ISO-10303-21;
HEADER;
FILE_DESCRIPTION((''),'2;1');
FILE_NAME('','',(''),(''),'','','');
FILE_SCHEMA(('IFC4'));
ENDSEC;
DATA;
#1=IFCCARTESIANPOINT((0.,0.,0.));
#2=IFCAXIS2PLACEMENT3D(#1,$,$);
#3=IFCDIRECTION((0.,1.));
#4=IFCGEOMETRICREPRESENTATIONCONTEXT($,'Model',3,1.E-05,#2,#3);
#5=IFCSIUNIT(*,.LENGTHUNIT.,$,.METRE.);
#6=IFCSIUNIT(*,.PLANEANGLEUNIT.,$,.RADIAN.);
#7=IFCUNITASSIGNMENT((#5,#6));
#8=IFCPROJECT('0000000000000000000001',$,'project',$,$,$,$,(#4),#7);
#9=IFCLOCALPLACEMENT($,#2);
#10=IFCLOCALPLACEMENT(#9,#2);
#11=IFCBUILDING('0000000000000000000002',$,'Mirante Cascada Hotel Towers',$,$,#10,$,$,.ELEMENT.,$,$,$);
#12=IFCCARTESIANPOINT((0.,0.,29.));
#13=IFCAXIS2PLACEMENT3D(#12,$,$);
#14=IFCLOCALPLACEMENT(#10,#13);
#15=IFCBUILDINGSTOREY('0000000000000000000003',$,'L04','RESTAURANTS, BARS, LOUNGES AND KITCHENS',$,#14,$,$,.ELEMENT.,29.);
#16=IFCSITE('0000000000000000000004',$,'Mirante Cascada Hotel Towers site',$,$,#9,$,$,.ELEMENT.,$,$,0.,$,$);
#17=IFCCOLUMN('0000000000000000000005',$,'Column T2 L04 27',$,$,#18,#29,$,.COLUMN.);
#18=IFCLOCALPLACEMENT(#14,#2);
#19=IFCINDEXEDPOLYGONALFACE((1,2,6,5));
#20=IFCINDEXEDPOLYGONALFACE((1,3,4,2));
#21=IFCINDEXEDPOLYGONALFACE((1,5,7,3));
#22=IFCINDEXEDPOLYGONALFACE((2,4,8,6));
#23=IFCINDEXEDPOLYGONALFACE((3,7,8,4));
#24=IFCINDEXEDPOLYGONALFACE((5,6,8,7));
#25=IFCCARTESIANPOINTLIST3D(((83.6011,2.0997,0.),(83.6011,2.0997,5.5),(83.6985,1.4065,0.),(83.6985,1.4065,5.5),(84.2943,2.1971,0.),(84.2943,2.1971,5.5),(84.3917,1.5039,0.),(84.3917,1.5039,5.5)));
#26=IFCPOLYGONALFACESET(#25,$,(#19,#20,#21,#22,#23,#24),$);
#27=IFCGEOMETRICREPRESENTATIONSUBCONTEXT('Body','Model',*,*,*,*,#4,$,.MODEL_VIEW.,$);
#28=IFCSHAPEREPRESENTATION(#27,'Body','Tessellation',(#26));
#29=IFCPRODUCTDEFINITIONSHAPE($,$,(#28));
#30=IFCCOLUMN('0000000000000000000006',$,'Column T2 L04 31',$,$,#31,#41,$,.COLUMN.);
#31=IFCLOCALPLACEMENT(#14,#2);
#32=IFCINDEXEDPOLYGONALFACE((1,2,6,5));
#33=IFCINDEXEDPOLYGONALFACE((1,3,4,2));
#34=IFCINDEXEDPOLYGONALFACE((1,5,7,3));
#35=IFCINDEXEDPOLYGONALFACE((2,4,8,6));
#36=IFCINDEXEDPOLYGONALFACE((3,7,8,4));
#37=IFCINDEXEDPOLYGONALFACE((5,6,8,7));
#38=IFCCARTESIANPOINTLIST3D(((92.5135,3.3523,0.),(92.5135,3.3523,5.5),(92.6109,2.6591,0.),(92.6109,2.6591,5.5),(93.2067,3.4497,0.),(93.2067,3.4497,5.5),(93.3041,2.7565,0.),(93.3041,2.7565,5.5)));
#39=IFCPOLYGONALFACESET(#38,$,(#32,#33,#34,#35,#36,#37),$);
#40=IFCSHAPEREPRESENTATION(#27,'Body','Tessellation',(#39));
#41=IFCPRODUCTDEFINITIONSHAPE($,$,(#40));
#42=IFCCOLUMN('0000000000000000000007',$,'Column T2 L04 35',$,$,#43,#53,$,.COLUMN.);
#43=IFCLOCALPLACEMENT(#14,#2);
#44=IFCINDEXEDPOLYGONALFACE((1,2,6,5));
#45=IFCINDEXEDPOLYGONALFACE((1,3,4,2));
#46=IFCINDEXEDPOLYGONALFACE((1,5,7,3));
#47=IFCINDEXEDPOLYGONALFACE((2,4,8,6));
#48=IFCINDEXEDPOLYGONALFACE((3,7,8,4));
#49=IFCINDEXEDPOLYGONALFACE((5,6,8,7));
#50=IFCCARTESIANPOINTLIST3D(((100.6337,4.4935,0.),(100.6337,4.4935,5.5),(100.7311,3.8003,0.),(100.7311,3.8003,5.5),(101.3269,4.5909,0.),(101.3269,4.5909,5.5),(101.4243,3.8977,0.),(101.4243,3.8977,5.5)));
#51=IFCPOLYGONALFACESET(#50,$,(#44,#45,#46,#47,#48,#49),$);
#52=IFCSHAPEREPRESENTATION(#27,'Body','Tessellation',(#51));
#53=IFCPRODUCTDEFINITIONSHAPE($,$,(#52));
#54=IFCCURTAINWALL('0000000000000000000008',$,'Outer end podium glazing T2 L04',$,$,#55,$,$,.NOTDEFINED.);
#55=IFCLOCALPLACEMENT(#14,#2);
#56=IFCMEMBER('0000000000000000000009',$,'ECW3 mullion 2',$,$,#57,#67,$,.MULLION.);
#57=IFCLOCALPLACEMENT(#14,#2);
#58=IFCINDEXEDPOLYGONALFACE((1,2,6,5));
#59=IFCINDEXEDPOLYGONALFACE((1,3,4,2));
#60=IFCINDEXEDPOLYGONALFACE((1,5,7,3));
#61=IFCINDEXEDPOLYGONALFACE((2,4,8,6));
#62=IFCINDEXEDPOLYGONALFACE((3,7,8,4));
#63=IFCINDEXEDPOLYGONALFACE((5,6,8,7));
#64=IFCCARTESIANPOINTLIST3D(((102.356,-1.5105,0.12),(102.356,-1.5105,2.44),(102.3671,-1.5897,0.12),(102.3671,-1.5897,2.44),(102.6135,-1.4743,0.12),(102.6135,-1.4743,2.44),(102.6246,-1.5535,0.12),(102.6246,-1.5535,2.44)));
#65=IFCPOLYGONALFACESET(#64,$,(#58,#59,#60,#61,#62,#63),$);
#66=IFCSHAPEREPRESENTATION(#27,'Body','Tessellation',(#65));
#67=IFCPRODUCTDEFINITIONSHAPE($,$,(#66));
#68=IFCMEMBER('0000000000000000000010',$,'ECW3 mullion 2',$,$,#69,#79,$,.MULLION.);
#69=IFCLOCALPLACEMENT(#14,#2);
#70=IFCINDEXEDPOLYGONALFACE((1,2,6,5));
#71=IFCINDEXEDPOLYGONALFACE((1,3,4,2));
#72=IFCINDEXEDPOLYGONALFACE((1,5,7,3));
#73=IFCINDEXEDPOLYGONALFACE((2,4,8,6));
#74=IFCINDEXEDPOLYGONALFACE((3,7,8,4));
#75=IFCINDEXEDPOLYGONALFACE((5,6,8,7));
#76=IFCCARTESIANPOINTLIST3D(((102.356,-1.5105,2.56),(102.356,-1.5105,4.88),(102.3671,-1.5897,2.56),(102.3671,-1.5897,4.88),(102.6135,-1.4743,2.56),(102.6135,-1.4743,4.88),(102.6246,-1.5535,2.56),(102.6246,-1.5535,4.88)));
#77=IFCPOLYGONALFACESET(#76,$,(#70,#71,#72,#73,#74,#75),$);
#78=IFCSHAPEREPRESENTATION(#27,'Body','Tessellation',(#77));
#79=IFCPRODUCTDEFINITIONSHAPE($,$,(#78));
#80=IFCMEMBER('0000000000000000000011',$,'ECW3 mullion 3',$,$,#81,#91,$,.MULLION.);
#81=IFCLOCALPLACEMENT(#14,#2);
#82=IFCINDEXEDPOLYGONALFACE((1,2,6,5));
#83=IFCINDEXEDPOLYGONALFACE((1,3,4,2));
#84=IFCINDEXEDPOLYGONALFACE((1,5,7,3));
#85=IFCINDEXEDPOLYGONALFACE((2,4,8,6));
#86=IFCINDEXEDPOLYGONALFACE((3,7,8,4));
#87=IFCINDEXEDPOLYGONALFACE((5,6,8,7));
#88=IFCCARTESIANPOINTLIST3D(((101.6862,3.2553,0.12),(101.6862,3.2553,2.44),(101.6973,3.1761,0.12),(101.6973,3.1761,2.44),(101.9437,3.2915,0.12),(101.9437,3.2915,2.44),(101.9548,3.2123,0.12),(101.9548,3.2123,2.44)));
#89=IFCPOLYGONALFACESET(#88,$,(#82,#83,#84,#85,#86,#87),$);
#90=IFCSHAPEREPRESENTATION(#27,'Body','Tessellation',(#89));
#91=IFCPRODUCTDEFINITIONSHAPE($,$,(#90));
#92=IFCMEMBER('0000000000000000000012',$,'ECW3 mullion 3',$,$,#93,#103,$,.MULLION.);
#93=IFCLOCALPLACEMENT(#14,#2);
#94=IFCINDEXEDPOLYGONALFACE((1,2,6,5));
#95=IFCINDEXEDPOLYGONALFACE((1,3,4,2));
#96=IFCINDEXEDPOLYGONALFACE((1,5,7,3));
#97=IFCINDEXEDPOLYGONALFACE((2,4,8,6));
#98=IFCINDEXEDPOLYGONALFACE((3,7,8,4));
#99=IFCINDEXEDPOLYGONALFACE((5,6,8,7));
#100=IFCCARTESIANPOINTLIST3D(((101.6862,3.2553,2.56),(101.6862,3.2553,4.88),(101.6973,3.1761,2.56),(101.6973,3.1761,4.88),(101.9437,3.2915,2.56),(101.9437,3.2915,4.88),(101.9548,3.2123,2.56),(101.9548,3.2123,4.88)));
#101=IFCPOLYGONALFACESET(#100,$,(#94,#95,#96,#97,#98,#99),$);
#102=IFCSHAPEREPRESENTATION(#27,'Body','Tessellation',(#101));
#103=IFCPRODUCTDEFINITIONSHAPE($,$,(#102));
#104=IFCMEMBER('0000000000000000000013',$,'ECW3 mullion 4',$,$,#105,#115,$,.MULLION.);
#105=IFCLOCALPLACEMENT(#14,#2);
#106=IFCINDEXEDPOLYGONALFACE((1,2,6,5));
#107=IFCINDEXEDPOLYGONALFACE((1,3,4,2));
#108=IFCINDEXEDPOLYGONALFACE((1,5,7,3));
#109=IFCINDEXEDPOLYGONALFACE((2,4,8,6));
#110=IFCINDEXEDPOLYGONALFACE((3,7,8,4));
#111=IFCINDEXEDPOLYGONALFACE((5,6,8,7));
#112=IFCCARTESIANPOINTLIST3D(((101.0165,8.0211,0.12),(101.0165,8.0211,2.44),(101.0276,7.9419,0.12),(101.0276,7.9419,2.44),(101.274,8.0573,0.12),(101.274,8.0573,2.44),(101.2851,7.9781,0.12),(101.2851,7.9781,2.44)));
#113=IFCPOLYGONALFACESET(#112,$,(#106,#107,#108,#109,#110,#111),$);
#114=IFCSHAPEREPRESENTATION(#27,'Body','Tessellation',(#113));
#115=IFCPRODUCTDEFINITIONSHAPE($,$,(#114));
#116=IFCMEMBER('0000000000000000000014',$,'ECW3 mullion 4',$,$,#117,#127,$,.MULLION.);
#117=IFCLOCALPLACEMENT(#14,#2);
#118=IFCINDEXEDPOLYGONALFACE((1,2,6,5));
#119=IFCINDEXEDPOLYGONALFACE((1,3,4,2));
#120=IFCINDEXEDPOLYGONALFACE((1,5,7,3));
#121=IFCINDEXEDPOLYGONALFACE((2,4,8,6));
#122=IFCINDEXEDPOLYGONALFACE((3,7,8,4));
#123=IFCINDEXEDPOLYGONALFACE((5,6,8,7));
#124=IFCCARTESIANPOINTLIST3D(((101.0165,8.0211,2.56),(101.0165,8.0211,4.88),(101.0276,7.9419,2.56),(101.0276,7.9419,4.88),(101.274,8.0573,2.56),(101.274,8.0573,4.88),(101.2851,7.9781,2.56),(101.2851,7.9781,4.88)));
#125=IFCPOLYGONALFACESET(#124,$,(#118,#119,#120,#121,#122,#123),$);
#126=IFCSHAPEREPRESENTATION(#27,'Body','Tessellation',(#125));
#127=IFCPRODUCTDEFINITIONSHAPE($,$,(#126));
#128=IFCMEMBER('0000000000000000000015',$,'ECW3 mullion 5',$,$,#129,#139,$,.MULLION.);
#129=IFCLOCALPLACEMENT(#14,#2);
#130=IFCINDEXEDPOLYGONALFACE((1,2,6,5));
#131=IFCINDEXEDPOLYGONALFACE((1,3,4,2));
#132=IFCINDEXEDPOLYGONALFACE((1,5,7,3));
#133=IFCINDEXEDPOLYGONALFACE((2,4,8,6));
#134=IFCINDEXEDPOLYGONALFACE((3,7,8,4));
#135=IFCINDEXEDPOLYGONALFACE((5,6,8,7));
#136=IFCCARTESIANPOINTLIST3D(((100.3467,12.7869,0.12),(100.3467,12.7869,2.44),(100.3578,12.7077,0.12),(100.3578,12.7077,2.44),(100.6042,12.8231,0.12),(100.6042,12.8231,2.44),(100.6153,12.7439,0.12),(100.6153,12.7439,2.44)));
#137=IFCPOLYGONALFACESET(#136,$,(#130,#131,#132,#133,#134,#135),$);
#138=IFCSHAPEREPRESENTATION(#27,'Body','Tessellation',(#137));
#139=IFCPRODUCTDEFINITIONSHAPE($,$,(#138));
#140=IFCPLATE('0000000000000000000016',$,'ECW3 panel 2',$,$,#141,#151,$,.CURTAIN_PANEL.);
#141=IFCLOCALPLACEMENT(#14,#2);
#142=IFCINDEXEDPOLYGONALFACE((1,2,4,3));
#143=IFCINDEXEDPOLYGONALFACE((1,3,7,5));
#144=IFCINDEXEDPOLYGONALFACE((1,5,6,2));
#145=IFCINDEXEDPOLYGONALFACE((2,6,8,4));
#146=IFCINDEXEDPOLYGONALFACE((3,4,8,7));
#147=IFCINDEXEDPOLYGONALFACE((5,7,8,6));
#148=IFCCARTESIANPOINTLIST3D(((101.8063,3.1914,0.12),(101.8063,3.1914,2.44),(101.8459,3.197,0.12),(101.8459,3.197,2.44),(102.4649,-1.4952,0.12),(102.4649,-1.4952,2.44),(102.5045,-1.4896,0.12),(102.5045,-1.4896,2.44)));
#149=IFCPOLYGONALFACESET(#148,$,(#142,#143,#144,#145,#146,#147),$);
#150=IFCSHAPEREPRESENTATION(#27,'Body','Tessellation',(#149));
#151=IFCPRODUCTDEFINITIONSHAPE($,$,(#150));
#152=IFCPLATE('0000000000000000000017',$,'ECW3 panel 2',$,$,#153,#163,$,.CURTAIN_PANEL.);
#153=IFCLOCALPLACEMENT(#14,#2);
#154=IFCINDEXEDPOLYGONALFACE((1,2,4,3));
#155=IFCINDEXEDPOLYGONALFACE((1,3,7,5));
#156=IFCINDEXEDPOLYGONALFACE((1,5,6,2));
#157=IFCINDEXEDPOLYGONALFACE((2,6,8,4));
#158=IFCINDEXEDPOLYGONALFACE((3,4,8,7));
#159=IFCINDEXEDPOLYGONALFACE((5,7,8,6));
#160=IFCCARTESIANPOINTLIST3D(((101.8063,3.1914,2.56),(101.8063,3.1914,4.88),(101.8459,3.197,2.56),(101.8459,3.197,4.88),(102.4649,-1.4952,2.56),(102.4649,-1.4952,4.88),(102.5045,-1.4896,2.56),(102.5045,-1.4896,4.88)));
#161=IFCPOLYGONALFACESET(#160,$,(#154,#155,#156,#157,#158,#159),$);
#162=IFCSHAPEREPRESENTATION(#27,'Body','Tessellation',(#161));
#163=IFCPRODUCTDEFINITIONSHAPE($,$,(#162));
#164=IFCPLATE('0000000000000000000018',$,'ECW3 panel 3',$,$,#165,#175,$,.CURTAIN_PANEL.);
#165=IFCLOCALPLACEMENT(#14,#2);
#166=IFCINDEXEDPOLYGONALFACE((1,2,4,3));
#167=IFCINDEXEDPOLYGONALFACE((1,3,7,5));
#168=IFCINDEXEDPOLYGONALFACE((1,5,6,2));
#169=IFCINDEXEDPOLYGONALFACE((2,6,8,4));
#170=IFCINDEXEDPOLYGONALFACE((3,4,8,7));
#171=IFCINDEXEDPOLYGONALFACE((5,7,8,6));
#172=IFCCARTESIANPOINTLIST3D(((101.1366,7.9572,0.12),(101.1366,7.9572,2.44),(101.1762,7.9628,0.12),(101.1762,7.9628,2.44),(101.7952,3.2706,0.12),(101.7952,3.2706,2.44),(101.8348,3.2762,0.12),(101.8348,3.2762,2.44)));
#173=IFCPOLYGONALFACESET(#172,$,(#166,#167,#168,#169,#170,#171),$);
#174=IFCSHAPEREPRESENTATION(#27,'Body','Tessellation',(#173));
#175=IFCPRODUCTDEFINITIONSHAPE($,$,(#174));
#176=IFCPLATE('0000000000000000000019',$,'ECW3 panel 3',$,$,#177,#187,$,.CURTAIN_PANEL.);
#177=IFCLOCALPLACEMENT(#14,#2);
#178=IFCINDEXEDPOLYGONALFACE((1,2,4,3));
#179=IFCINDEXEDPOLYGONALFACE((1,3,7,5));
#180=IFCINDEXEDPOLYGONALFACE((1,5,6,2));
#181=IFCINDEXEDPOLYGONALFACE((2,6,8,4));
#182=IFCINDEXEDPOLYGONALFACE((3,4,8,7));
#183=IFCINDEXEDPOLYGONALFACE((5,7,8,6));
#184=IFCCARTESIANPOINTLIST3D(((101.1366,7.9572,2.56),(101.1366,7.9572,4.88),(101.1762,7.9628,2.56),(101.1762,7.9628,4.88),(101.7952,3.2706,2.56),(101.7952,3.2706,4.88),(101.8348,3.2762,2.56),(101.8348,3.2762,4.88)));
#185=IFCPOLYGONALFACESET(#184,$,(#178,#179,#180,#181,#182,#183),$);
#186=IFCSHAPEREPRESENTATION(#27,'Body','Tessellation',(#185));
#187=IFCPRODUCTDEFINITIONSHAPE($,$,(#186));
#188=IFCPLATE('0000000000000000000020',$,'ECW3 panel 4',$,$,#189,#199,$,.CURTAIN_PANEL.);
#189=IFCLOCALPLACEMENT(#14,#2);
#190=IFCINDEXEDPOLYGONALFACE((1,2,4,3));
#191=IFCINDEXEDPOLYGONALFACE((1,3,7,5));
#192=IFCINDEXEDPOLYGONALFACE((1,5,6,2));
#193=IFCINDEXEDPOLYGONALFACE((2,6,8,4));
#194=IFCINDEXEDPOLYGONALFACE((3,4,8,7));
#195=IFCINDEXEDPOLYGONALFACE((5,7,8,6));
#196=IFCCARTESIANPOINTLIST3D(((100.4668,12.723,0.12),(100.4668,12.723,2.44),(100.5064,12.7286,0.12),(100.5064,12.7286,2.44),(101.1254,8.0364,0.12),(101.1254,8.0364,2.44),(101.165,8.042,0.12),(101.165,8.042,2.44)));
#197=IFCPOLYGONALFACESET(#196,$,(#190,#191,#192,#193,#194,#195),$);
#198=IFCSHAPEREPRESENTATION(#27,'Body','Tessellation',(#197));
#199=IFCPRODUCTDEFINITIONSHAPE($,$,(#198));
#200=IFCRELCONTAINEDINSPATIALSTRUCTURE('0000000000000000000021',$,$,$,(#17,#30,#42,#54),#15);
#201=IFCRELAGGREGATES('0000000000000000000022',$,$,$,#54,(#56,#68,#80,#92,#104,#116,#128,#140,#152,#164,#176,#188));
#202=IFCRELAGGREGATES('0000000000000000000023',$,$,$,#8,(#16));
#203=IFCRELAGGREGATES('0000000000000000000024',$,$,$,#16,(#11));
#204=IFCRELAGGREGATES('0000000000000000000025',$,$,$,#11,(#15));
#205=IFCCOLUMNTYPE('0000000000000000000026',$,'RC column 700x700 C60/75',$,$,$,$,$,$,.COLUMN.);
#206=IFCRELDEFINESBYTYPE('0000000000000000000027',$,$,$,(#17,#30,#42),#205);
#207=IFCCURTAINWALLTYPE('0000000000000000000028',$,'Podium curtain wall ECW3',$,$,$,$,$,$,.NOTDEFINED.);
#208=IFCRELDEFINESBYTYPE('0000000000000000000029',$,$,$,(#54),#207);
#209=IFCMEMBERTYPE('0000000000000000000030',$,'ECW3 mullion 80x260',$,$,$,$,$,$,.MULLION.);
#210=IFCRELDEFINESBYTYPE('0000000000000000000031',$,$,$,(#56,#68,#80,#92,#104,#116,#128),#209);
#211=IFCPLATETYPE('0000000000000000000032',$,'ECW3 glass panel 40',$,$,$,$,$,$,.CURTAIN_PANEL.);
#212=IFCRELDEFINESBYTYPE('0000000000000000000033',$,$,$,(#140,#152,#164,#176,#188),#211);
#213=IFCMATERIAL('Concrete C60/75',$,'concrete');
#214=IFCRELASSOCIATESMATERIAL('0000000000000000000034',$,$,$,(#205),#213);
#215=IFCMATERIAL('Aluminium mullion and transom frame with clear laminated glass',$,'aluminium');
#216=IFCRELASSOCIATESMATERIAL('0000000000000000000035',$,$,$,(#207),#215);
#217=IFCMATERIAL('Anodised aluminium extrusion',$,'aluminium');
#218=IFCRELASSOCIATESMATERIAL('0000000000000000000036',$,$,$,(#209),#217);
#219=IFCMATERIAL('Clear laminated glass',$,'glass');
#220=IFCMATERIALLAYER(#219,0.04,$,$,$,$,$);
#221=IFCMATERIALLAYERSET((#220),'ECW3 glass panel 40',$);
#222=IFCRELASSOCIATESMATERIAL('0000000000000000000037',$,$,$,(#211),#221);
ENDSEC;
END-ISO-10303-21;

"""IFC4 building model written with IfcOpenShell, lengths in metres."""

from ifc_helpers import new_model, si_unit, direction, frame, origin, origin_2d, place, context, subcontext, project, spatial, rectangle, extrude, material, layer, layer_set, material_profile, profile_set, type_object, element, aggregate, save


model = new_model("IFC4")

# Units and contexts
model_context = context("Model", 3, precision=1e-05, world=origin(), true_north=direction((0.0, 1.0)))
body_context = subcontext(model_context, "Body", "Model", "MODEL_VIEW")
ifc_project = project(units=[si_unit("LENGTHUNIT", "METRE"), si_unit("PLANEANGLEUNIT", "RADIAN")], contexts=[model_context])

# Site, building, storey
site_placement = place(None, origin())
site = spatial("IfcSite", under=ifc_project, at=site_placement, Name="Mirante Cascada Hotel Towers site", CompositionType="ELEMENT", RefElevation=0.0)
building_placement = place(site_placement, origin())
building = spatial("IfcBuilding", under=site, at=building_placement, Name="Mirante Cascada Hotel Towers", CompositionType="ELEMENT")
storey_placement = place(building_placement, frame((0.0, 0.0, 29.0)))
storey = spatial("IfcBuildingStorey", under=building, at=storey_placement, Name="L04", Description="RESTAURANTS, BARS, LOUNGES AND KITCHENS", CompositionType="ELEMENT", Elevation=29.0)

# Columns
ifc_material_1 = material(Name="Concrete C60/75", Category="concrete")
ifc_material_profile_1 = material_profile(ifc_material_1, rectangle(XDim=0.7, YDim=0.7, at=origin_2d()), Name="RC column 700x700 C60/75")
ifc_profile_set_1 = profile_set([ifc_material_profile_1], Name="Concrete C60/75")
column_type = type_object("IfcColumnType", Name="RC column 700x700 C60/75", PredefinedType="COLUMN", material=ifc_profile_set_1)
for number, where, z_axis, x_axis, name in (
    (1, (83.9964, 1.8018, 0.0), (0.0, 0.0, 1.0), (0.990268, 0.139173, 0.0), "Column T2 L04 27"),
    (2, (92.9088, 3.0544, 0.0), (0.0, 0.0, 1.0), (0.990268, 0.139173, 0.0), "Column T2 L04 31"),
    (3, (101.029, 4.1956, 0.0), (0.0, 0.0, 1.0), (0.990268, 0.139173, 0.0), "Column T2 L04 35"),
):
    element("IfcColumn", number, at=place(storey_placement, frame(where, z_axis=z_axis, x_axis=x_axis)), inside=storey, type_object=column_type, Name=name, PredefinedType="COLUMN", context=body_context, shape_type="SweptSolid", body=[
        extrude(rectangle(XDim=0.7, YDim=0.7, at=origin_2d()), origin(), (0.0, 0.0, 1.0), 5.5),
    ])

# Curtain wall, members, plates
ifc_material_2 = material(Name="Aluminium mullion and transom frame with clear laminated glass", Category="aluminium")
curtain_wall_type = type_object("IfcCurtainWallType", Name="Podium curtain wall ECW3", PredefinedType="NOTDEFINED", material=ifc_material_2)
curtain_wall_placement = place(storey_placement, origin())
curtain_wall = element("IfcCurtainWall", 4, at=curtain_wall_placement, inside=storey, type_object=curtain_wall_type, Name="Outer end podium glazing T2 L04", PredefinedType="NOTDEFINED")
ifc_material_3 = material(Name="Anodised aluminium extrusion", Category="aluminium")
ifc_material_profile_2 = material_profile(ifc_material_3, rectangle(XDim=0.26, YDim=0.08, at=origin_2d()), Name="ECW3 MULLION 80x260")
ifc_profile_set_2 = profile_set([ifc_material_profile_2], Name="Anodised aluminium extrusion")
member_type = type_object("IfcMemberType", Name="ECW3 mullion 80x260", PredefinedType="MULLION", material=ifc_profile_set_2)
member_1_placement = place(storey_placement, frame((102.4903, -1.532, 0.12), z_axis=(0.0, 0.0, 1.0), x_axis=(-0.990268, -0.139173, 0.0)))
member_1 = element("IfcMember", 5, at=member_1_placement, type_object=member_type, Name="ECW3 mullion 2", PredefinedType="MULLION", context=body_context, shape_type="SweptSolid", body=[
    extrude(rectangle(XDim=0.26, YDim=0.08, at=origin_2d()), origin(), (0.0, 0.0, 1.0), 2.32),
])
member_2_placement = place(storey_placement, frame((102.4903, -1.532, 2.56), z_axis=(0.0, 0.0, 1.0), x_axis=(-0.990268, -0.139173, 0.0)))
member_2 = element("IfcMember", 6, at=member_2_placement, type_object=member_type, Name="ECW3 mullion 2", PredefinedType="MULLION", context=body_context, shape_type="SweptSolid", body=[
    extrude(rectangle(XDim=0.26, YDim=0.08, at=origin_2d()), origin(), (0.0, 0.0, 1.0), 2.32),
])
member_3_placement = place(storey_placement, frame((101.8205, 3.2338, 0.12), z_axis=(0.0, 0.0, 1.0), x_axis=(-0.990268, -0.139173, 0.0)))
member_3 = element("IfcMember", 7, at=member_3_placement, type_object=member_type, Name="ECW3 mullion 3", PredefinedType="MULLION", context=body_context, shape_type="SweptSolid", body=[
    extrude(rectangle(XDim=0.26, YDim=0.08, at=origin_2d()), origin(), (0.0, 0.0, 1.0), 2.32),
])
member_4_placement = place(storey_placement, frame((101.8205, 3.2338, 2.56), z_axis=(0.0, 0.0, 1.0), x_axis=(-0.990268, -0.139173, 0.0)))
member_4 = element("IfcMember", 8, at=member_4_placement, type_object=member_type, Name="ECW3 mullion 3", PredefinedType="MULLION", context=body_context, shape_type="SweptSolid", body=[
    extrude(rectangle(XDim=0.26, YDim=0.08, at=origin_2d()), origin(), (0.0, 0.0, 1.0), 2.32),
])
member_5_placement = place(storey_placement, frame((101.1508, 7.9996, 0.12), z_axis=(0.0, 0.0, 1.0), x_axis=(-0.990268, -0.139173, 0.0)))
member_5 = element("IfcMember", 9, at=member_5_placement, type_object=member_type, Name="ECW3 mullion 4", PredefinedType="MULLION", context=body_context, shape_type="SweptSolid", body=[
    extrude(rectangle(XDim=0.26, YDim=0.08, at=origin_2d()), origin(), (0.0, 0.0, 1.0), 2.32),
])
member_6_placement = place(storey_placement, frame((101.1508, 7.9996, 2.56), z_axis=(0.0, 0.0, 1.0), x_axis=(-0.990268, -0.139173, 0.0)))
member_6 = element("IfcMember", 10, at=member_6_placement, type_object=member_type, Name="ECW3 mullion 4", PredefinedType="MULLION", context=body_context, shape_type="SweptSolid", body=[
    extrude(rectangle(XDim=0.26, YDim=0.08, at=origin_2d()), origin(), (0.0, 0.0, 1.0), 2.32),
])
member_7_placement = place(storey_placement, frame((100.481, 12.7654, 0.12), z_axis=(0.0, 0.0, 1.0), x_axis=(-0.990268, -0.139173, 0.0)))
member_7 = element("IfcMember", 11, at=member_7_placement, type_object=member_type, Name="ECW3 mullion 5", PredefinedType="MULLION", context=body_context, shape_type="SweptSolid", body=[
    extrude(rectangle(XDim=0.26, YDim=0.08, at=origin_2d()), origin(), (0.0, 0.0, 1.0), 2.32),
])
ifc_material_4 = material(Name="Clear laminated glass", Category="glass")
ifc_layer_1 = layer(ifc_material_4, 0.04)
ifc_layer_set_1 = layer_set([ifc_layer_1], Name="ECW3 glass panel 40")
plate_type = type_object("IfcPlateType", Name="ECW3 glass panel 40", PredefinedType="CURTAIN_PANEL", material=ifc_layer_set_1)
plate_1_placement = place(storey_placement, frame((102.1554, 0.8509, 0.12), z_axis=(0.0, 0.0, 1.0), x_axis=(-0.139173, 0.990268, 0.0)))
plate_1 = element("IfcPlate", 12, at=plate_1_placement, type_object=plate_type, Name="ECW3 panel 2", PredefinedType="CURTAIN_PANEL", context=body_context, shape_type="SweptSolid", body=[
    extrude(rectangle(XDim=4.7326, YDim=0.04, at=origin_2d()), origin(), (0.0, 0.0, 1.0), 2.32),
])
plate_2_placement = place(storey_placement, frame((102.1554, 0.8509, 2.56), z_axis=(0.0, 0.0, 1.0), x_axis=(-0.139173, 0.990268, 0.0)))
plate_2 = element("IfcPlate", 13, at=plate_2_placement, type_object=plate_type, Name="ECW3 panel 2", PredefinedType="CURTAIN_PANEL", context=body_context, shape_type="SweptSolid", body=[
    extrude(rectangle(XDim=4.7326, YDim=0.04, at=origin_2d()), origin(), (0.0, 0.0, 1.0), 2.32),
])
plate_3_placement = place(storey_placement, frame((101.4857, 5.6167, 0.12), z_axis=(0.0, 0.0, 1.0), x_axis=(-0.139173, 0.990268, 0.0)))
plate_3 = element("IfcPlate", 14, at=plate_3_placement, type_object=plate_type, Name="ECW3 panel 3", PredefinedType="CURTAIN_PANEL", context=body_context, shape_type="SweptSolid", body=[
    extrude(rectangle(XDim=4.7326, YDim=0.04, at=origin_2d()), origin(), (0.0, 0.0, 1.0), 2.32),
])
plate_4_placement = place(storey_placement, frame((101.4857, 5.6167, 2.56), z_axis=(0.0, 0.0, 1.0), x_axis=(-0.139173, 0.990268, 0.0)))
plate_4 = element("IfcPlate", 15, at=plate_4_placement, type_object=plate_type, Name="ECW3 panel 3", PredefinedType="CURTAIN_PANEL", context=body_context, shape_type="SweptSolid", body=[
    extrude(rectangle(XDim=4.7326, YDim=0.04, at=origin_2d()), origin(), (0.0, 0.0, 1.0), 2.32),
])
plate_5_placement = place(storey_placement, frame((100.8159, 10.3825, 0.12), z_axis=(0.0, 0.0, 1.0), x_axis=(-0.139173, 0.990268, 0.0)))
plate_5 = element("IfcPlate", 16, at=plate_5_placement, type_object=plate_type, Name="ECW3 panel 4", PredefinedType="CURTAIN_PANEL", context=body_context, shape_type="SweptSolid", body=[
    extrude(rectangle(XDim=4.7326, YDim=0.04, at=origin_2d()), origin(), (0.0, 0.0, 1.0), 2.32),
])
aggregate(curtain_wall, [member_1, member_2, member_3, member_4, member_5, member_6, member_7, plate_1, plate_2, plate_3, plate_4, plate_5])

save(model, "model.ifc")
